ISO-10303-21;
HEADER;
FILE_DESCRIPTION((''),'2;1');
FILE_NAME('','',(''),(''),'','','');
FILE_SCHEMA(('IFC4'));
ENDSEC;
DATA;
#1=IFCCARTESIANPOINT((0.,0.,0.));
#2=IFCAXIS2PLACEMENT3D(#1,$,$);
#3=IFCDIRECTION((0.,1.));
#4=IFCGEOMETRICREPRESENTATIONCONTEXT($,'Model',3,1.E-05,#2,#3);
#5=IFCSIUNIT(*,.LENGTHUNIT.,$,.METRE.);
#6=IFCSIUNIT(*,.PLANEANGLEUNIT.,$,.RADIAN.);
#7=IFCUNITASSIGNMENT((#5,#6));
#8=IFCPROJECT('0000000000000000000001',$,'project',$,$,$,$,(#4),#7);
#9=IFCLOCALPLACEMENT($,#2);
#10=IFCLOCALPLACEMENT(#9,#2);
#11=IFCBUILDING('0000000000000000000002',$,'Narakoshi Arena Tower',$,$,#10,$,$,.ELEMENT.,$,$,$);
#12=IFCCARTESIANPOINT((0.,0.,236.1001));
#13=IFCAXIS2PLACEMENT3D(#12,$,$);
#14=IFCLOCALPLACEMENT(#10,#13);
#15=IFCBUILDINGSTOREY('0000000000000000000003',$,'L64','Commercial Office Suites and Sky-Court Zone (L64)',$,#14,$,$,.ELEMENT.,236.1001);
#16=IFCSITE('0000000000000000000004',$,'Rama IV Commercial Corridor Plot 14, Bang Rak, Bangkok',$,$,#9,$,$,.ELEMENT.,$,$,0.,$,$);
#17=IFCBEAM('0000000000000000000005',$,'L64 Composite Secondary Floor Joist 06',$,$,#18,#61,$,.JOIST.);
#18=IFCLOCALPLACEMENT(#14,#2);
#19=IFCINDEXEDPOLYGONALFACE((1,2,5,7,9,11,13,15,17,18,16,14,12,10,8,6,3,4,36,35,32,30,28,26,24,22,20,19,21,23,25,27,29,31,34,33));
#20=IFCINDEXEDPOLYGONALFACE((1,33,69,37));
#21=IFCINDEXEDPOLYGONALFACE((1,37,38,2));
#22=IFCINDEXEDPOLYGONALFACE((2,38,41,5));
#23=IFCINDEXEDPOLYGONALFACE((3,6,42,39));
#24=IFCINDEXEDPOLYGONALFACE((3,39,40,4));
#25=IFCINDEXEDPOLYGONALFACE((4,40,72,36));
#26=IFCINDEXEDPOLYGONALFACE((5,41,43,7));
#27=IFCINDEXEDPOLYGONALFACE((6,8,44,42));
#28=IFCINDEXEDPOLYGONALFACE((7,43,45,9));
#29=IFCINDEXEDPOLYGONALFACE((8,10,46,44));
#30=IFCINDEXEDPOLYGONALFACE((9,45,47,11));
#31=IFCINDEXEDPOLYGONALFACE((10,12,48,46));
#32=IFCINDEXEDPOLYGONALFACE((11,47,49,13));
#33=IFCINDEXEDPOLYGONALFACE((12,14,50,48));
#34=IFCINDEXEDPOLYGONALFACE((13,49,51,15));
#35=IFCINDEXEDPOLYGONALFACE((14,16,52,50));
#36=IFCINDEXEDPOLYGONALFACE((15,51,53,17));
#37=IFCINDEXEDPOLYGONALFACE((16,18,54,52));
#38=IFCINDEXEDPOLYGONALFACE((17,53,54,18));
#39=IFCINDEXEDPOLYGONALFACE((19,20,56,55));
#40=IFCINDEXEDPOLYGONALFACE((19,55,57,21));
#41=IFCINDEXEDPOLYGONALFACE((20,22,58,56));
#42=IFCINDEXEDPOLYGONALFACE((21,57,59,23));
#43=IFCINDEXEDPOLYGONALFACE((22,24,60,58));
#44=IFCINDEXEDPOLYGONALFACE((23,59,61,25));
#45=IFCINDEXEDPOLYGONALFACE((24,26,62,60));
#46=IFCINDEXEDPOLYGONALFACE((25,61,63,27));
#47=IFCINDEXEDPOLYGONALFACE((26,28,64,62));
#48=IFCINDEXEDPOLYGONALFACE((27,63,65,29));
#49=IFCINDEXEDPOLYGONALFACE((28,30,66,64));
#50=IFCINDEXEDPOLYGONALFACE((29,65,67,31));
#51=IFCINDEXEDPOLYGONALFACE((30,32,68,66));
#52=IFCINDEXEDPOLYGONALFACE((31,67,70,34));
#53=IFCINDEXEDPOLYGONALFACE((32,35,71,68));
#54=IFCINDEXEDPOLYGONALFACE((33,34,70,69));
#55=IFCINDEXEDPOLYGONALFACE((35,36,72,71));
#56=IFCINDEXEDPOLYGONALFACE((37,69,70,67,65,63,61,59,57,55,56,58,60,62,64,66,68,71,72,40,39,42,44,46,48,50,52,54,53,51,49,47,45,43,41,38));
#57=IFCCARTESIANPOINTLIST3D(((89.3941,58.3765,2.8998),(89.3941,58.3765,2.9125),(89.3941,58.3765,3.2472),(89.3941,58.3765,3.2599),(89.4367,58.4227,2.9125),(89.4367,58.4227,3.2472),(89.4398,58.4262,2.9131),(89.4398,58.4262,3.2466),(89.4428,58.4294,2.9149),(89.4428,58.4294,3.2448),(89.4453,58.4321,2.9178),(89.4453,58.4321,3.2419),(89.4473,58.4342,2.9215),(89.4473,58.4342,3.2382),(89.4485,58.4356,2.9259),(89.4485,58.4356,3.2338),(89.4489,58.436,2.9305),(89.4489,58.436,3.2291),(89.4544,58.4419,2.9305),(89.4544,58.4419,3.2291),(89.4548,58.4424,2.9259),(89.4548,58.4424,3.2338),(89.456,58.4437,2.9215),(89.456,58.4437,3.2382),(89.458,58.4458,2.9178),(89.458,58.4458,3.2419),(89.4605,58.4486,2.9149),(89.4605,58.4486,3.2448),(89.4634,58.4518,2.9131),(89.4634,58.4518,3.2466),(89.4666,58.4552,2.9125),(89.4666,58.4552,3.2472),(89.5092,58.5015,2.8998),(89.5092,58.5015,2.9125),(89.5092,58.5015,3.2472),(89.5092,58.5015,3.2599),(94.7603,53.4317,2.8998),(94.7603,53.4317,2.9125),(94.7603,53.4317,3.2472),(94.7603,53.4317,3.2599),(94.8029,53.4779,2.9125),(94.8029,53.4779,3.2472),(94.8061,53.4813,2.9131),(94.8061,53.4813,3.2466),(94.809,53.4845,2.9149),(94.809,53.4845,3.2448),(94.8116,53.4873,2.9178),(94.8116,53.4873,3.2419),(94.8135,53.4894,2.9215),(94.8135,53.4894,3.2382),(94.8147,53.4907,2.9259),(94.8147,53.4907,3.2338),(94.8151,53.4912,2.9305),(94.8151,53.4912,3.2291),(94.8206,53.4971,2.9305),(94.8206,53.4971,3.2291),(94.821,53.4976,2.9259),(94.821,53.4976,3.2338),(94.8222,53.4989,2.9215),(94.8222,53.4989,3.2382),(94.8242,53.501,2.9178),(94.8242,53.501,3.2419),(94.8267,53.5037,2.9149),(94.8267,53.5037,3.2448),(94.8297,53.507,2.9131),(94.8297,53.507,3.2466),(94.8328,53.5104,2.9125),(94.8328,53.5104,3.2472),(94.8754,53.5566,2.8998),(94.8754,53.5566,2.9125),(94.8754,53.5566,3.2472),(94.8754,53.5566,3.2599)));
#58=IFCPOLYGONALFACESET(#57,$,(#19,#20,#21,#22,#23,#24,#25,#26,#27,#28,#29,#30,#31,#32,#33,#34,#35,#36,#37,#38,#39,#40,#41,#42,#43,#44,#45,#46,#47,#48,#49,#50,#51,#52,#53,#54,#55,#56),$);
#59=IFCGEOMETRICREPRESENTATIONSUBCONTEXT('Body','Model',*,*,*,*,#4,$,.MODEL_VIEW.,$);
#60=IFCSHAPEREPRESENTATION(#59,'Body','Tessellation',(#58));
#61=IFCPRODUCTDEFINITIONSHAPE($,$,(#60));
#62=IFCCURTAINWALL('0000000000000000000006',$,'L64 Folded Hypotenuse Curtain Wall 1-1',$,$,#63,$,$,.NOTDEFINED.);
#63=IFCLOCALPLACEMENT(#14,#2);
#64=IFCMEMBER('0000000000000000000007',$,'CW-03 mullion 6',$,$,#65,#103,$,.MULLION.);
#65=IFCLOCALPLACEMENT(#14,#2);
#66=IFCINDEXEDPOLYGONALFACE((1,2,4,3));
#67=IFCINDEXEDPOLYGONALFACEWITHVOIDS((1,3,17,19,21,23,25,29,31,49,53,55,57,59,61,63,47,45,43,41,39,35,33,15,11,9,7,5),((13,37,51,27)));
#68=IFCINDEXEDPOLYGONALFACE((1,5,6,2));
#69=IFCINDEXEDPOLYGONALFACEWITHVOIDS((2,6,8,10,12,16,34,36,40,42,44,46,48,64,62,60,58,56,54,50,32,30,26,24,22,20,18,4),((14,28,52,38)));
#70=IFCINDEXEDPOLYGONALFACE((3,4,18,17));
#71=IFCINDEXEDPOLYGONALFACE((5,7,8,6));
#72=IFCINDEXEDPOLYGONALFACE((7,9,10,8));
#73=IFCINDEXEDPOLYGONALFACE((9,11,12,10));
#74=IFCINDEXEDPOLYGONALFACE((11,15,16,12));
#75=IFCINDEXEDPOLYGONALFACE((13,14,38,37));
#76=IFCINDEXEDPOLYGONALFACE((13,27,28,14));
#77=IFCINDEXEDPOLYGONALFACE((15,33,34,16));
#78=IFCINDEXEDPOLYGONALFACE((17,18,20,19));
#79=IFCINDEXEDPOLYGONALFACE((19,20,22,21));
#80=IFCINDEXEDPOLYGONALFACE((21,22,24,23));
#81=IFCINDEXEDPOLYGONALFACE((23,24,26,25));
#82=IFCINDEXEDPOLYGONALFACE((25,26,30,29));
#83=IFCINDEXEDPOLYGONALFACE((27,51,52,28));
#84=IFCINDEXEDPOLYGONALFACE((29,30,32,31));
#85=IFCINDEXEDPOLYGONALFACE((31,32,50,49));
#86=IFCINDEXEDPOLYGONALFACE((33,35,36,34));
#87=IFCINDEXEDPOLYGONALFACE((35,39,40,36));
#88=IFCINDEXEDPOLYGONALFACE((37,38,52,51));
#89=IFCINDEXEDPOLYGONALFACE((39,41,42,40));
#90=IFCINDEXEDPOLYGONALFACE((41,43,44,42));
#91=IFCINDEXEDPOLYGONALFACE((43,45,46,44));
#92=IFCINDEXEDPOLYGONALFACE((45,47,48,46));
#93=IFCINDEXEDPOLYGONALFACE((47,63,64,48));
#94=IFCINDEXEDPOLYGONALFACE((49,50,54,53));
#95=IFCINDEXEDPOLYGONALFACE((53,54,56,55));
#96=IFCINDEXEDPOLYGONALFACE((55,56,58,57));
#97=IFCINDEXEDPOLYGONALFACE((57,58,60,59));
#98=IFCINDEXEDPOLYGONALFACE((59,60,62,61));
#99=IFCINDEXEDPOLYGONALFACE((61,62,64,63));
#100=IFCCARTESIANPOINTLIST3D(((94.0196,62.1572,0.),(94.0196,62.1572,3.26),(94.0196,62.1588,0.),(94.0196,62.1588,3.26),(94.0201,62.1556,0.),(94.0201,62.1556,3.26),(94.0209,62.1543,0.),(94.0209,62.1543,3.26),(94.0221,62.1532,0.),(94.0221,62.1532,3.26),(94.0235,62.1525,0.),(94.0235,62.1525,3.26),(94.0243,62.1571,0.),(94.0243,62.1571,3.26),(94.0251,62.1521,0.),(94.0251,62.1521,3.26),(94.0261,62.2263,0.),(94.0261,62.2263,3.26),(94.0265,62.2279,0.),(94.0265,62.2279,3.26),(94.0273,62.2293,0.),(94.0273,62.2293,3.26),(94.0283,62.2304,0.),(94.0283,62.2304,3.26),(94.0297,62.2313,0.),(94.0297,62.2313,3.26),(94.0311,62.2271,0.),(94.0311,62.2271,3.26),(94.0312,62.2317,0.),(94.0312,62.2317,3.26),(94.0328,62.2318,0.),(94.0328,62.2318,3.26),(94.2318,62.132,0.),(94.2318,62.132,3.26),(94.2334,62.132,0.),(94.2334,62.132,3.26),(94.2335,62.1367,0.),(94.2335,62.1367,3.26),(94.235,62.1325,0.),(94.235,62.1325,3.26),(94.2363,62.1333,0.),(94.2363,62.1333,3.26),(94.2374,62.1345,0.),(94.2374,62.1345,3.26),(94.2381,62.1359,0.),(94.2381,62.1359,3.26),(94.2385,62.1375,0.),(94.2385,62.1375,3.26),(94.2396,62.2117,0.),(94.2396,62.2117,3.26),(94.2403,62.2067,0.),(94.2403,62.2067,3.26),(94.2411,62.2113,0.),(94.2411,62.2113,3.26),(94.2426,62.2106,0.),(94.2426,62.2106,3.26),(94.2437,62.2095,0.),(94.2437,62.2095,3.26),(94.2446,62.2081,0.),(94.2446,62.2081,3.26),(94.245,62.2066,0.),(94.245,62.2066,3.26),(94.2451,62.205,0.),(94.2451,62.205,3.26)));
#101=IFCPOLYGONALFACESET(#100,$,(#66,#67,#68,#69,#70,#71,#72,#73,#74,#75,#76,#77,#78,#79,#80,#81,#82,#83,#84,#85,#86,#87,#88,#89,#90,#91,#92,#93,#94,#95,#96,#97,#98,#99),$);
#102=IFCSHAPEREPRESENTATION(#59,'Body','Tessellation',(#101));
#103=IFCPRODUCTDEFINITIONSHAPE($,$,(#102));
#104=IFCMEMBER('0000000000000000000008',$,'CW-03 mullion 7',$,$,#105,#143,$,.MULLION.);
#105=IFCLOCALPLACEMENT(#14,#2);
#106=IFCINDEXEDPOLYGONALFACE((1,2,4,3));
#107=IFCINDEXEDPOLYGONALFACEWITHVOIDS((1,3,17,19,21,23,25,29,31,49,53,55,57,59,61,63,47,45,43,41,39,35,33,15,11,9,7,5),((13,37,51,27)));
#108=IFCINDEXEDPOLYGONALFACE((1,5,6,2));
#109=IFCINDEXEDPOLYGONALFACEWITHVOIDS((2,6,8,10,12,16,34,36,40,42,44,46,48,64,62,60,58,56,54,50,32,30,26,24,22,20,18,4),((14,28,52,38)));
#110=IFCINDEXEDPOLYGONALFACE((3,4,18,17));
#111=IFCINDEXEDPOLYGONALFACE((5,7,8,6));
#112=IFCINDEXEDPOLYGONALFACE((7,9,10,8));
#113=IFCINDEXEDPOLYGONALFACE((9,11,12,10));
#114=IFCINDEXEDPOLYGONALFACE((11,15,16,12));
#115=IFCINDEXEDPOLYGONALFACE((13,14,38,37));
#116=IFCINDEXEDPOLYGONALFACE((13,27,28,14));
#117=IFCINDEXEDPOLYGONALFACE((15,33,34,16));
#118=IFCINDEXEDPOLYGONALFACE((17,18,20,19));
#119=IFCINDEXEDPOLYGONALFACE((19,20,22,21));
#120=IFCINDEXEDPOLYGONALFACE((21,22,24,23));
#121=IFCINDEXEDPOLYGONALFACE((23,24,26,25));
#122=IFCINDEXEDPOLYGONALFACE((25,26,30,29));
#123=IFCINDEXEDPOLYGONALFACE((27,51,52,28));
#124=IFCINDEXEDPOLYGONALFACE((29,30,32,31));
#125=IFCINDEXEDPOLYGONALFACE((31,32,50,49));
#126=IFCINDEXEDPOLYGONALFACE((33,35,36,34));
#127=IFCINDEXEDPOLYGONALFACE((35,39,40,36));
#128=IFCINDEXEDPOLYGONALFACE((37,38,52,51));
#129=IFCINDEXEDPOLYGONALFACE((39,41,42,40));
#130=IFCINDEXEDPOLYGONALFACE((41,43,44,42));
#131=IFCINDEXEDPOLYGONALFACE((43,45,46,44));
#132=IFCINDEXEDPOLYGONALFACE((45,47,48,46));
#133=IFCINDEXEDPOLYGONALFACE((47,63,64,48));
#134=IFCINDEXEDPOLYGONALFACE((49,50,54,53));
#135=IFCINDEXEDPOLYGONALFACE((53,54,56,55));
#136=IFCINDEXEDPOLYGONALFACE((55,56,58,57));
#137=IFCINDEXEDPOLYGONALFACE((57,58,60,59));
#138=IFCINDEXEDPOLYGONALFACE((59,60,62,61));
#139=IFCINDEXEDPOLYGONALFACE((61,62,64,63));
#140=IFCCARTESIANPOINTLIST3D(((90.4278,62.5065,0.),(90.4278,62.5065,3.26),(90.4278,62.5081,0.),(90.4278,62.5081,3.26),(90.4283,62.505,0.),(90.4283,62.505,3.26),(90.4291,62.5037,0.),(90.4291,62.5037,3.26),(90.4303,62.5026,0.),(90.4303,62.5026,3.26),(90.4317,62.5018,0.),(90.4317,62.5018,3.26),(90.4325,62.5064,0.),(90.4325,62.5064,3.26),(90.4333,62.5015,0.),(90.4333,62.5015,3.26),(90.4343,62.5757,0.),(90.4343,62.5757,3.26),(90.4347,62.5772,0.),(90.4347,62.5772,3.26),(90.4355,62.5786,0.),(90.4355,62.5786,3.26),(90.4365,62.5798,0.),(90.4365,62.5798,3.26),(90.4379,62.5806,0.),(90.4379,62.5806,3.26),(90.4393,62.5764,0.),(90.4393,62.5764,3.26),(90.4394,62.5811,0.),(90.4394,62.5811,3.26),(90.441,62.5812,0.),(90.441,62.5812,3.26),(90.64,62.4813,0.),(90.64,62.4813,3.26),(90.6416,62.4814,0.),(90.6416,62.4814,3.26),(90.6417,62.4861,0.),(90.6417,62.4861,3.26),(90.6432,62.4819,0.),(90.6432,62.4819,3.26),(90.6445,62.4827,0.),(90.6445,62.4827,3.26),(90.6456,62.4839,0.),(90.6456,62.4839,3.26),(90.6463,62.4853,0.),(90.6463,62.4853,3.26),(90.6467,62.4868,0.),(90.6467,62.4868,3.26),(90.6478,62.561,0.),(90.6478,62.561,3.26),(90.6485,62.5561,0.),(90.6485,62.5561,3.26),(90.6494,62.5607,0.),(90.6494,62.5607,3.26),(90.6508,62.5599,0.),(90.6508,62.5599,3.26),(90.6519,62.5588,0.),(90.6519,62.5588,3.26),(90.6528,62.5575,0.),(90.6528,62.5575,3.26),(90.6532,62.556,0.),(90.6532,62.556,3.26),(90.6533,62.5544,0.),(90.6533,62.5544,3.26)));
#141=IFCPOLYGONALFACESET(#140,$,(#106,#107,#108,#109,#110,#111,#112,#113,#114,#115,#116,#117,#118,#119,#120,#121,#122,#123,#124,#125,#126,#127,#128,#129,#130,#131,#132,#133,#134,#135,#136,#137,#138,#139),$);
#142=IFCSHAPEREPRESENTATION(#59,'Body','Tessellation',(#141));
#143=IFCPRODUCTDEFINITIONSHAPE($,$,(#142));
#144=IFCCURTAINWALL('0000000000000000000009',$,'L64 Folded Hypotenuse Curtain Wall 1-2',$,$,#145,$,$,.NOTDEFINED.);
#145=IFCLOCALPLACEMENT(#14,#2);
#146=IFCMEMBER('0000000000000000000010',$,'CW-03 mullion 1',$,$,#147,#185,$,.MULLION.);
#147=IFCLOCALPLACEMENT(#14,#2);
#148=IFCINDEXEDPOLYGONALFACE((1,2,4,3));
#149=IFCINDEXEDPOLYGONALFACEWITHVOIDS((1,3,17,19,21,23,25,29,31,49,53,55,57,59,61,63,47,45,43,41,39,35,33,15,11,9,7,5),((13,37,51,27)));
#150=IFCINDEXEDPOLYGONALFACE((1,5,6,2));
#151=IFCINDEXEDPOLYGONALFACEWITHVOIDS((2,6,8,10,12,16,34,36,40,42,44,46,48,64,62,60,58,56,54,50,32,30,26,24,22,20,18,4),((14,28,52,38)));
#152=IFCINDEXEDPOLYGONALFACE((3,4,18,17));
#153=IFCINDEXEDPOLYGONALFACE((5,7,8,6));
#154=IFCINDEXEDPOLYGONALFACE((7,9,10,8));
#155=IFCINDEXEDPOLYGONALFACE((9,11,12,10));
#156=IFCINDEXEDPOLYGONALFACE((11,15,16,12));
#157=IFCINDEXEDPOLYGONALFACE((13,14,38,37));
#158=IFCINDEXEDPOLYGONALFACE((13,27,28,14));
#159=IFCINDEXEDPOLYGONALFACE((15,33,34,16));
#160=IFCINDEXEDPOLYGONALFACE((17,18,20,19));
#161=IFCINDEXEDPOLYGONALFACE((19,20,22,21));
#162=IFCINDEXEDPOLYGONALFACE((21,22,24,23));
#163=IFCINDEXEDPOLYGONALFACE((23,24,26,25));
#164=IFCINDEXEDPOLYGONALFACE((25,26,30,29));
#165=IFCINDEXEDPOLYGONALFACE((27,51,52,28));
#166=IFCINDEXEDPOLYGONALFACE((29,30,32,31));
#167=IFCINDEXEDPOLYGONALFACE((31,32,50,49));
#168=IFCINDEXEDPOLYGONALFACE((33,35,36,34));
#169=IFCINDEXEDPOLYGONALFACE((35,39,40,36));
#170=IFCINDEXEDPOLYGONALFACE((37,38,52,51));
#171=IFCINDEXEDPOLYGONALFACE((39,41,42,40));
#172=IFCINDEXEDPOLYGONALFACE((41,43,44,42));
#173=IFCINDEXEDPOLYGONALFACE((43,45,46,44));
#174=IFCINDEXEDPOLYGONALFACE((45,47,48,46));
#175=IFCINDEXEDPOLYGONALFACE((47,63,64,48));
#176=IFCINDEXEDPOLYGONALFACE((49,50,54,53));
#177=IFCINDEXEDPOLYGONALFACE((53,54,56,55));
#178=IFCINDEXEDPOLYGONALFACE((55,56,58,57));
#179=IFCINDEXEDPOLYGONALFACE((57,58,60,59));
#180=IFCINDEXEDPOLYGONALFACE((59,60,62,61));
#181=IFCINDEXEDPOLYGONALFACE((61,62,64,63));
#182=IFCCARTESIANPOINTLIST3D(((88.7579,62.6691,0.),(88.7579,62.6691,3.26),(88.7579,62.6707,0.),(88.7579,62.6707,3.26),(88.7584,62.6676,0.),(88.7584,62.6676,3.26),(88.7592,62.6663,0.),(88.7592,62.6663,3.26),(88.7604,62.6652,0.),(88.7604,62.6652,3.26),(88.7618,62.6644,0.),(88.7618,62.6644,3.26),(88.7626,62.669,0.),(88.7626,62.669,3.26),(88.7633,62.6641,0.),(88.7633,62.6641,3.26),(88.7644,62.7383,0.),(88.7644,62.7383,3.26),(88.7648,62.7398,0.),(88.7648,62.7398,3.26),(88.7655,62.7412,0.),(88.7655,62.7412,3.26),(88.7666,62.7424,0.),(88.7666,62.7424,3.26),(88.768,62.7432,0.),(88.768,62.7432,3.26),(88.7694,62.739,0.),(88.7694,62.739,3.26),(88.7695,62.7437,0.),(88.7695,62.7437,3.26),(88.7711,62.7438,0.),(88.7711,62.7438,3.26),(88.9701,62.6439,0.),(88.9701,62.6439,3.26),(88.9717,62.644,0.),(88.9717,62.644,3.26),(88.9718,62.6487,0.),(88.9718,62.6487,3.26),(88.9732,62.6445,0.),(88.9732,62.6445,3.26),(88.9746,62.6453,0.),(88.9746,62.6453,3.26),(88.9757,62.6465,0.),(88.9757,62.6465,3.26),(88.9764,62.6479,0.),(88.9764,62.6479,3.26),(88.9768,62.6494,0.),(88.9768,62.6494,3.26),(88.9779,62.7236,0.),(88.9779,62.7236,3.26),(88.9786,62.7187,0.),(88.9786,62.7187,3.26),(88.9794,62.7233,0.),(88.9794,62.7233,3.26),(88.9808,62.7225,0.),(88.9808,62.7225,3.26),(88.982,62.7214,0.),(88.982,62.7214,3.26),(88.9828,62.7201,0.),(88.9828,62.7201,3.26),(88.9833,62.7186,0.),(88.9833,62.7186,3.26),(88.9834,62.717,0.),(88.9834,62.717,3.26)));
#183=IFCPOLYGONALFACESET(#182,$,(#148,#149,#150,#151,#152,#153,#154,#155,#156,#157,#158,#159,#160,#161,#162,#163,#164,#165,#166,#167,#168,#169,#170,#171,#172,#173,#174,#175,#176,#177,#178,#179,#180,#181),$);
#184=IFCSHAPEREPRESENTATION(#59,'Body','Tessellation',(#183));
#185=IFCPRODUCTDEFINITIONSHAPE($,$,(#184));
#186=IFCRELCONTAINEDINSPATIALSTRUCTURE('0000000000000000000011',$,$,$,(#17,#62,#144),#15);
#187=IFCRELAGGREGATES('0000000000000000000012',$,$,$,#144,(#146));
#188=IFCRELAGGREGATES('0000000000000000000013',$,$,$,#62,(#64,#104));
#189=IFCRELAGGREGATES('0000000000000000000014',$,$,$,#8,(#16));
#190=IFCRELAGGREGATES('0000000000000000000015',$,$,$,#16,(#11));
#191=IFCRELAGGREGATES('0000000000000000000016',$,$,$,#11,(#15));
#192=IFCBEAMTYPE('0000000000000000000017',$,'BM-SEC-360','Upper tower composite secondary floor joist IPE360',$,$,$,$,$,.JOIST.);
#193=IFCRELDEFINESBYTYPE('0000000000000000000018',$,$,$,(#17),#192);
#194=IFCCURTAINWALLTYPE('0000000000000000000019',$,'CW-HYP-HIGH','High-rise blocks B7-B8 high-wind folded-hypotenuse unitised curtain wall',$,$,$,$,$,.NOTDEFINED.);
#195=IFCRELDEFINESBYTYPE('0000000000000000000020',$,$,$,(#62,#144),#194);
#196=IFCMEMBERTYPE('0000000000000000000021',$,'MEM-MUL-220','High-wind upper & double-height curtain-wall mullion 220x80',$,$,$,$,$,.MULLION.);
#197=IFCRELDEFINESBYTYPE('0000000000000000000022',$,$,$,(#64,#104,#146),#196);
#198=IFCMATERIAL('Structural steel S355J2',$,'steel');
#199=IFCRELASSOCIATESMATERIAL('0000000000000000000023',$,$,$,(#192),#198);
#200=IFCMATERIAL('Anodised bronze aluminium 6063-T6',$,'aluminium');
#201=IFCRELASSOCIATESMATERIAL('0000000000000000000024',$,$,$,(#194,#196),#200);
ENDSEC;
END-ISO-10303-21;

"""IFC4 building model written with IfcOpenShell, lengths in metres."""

from ifc_helpers import new_model, si_unit, direction, frame, origin, origin_2d, place, context, subcontext, project, spatial, hollow_rectangle, i_section, extrude, material, material_profile, profile_set, type_object, element, aggregate, save


model = new_model("IFC4")

# Units and contexts
model_context = context("Model", 3, precision=1e-05, world=origin(), true_north=direction((0.0, 1.0)))
body_context = subcontext(model_context, "Body", "Model", "MODEL_VIEW")
ifc_project = project(units=[si_unit("LENGTHUNIT", "METRE"), si_unit("PLANEANGLEUNIT", "RADIAN")], contexts=[model_context])

# Site, building, storey
site_placement = place(None, origin())
site = spatial("IfcSite", under=ifc_project, at=site_placement, Name="Rama IV Commercial Corridor Plot 14, Bang Rak, Bangkok", CompositionType="ELEMENT", RefElevation=0.0)
building_placement = place(site_placement, origin())
building = spatial("IfcBuilding", under=site, at=building_placement, Name="Narakoshi Arena Tower", CompositionType="ELEMENT")
storey_placement = place(building_placement, frame((0.0, 0.0, 236.1001)))
storey = spatial("IfcBuildingStorey", under=building, at=storey_placement, Name="L64", Description="Commercial Office Suites and Sky-Court Zone (L64)", CompositionType="ELEMENT", Elevation=236.1001)

# Beam
ifc_material_1 = material(Name="Structural steel S355J2", Category="steel")
ifc_material_profile_1 = material_profile(ifc_material_1, i_section(OverallWidth=0.1699, OverallDepth=0.3601, WebThickness=0.0081, FlangeThickness=0.0127, FilletRadius=0.0181, at=origin_2d()), Name="IPE360")
ifc_profile_set_1 = profile_set([ifc_material_profile_1], Name="Structural steel S355J2")
beam_type_1 = type_object("IfcBeamType", Name="BM-SEC-360", Description="Upper tower composite secondary floor joist IPE360", PredefinedType="JOIST", material=ifc_profile_set_1)
beam_1_placement = place(storey_placement, frame((94.8179, 53.4941, 3.0798), z_axis=(-0.735391, 0.677643, 0.0), x_axis=(-0.677643, -0.735391, 0.0)))
element("IfcBeam", 1, at=beam_1_placement, inside=storey, type_object=beam_type_1, Name="L64 Composite Secondary Floor Joist 06", PredefinedType="JOIST", context=body_context, shape_type="SweptSolid", body=[
    extrude(i_section(OverallWidth=0.1699, OverallDepth=0.3601, WebThickness=0.0081, FlangeThickness=0.0127, FilletRadius=0.0181, at=origin_2d()), origin(), (0.0, 0.0, 1.0), 7.2971),
])

# Curtain wall, members
ifc_material_2 = material(Name="Anodised bronze aluminium 6063-T6", Category="aluminium")
curtain_wall_type = type_object("IfcCurtainWallType", Name="CW-HYP-HIGH", Description="High-rise blocks B7-B8 high-wind folded-hypotenuse unitised curtain wall", PredefinedType="NOTDEFINED", material=ifc_material_2)
curtain_wall_1_placement = place(storey_placement, origin())
curtain_wall_1 = element("IfcCurtainWall", 2, at=curtain_wall_1_placement, inside=storey, type_object=curtain_wall_type, Name="L64 Folded Hypotenuse Curtain Wall 1-1", PredefinedType="NOTDEFINED")
ifc_material_profile_2 = material_profile(ifc_material_2, hollow_rectangle(XDim=0.0801, YDim=0.22, WallThickness=0.0049, OuterFilletRadius=0.0061, at=origin_2d()), Name="MUL220x80x5")
ifc_profile_set_2 = profile_set([ifc_material_profile_2], Name="Anodised bronze aluminium 6063-T6")
member_type_1 = type_object("IfcMemberType", Name="MEM-MUL-220", Description="High-wind upper & double-height curtain-wall mullion 220x80", PredefinedType="MULLION", material=ifc_profile_set_2)
member_1_placement = place(storey_placement, frame((94.1323, 62.1819, 0.0), z_axis=(0.0, 0.0, 1.0), x_axis=(-0.096851, -0.995299, 0.0)))
member_1 = element("IfcMember", 3, at=member_1_placement, type_object=member_type_1, Name="CW-03 mullion 6", PredefinedType="MULLION", context=body_context, shape_type="SweptSolid", body=[
    extrude(hollow_rectangle(XDim=0.0801, YDim=0.22, WallThickness=0.0049, OuterFilletRadius=0.0061, at=origin_2d()), origin(), (0.0, 0.0, 1.0), 3.26),
])
member_2_placement = place(storey_placement, frame((90.5405, 62.5312, 0.0), z_axis=(0.0, 0.0, 1.0), x_axis=(-0.096851, -0.995299, 0.0)))
member_2 = element("IfcMember", 4, at=member_2_placement, type_object=member_type_1, Name="CW-03 mullion 7", PredefinedType="MULLION", context=body_context, shape_type="SweptSolid", body=[
    extrude(hollow_rectangle(XDim=0.0801, YDim=0.22, WallThickness=0.0049, OuterFilletRadius=0.0061, at=origin_2d()), origin(), (0.0, 0.0, 1.0), 3.26),
])

# Curtain wall, member
curtain_wall_2_placement = place(storey_placement, origin())
curtain_wall_2 = element("IfcCurtainWall", 5, at=curtain_wall_2_placement, inside=storey, type_object=curtain_wall_type, Name="L64 Folded Hypotenuse Curtain Wall 1-2", PredefinedType="NOTDEFINED")
member_3_placement = place(storey_placement, frame((88.8706, 62.6938, 0.0), z_axis=(0.0, 0.0, 1.0), x_axis=(-0.096843, -0.9953, 0.0)))
member_3 = element("IfcMember", 6, at=member_3_placement, type_object=member_type_1, Name="CW-03 mullion 1", PredefinedType="MULLION", context=body_context, shape_type="SweptSolid", body=[
    extrude(hollow_rectangle(XDim=0.0801, YDim=0.22, WallThickness=0.0049, OuterFilletRadius=0.0061, at=origin_2d()), origin(), (0.0, 0.0, 1.0), 3.26),
])

aggregate(curtain_wall_2, [member_3])

aggregate(curtain_wall_1, [member_1, member_2])

save(model, "model.ifc")
